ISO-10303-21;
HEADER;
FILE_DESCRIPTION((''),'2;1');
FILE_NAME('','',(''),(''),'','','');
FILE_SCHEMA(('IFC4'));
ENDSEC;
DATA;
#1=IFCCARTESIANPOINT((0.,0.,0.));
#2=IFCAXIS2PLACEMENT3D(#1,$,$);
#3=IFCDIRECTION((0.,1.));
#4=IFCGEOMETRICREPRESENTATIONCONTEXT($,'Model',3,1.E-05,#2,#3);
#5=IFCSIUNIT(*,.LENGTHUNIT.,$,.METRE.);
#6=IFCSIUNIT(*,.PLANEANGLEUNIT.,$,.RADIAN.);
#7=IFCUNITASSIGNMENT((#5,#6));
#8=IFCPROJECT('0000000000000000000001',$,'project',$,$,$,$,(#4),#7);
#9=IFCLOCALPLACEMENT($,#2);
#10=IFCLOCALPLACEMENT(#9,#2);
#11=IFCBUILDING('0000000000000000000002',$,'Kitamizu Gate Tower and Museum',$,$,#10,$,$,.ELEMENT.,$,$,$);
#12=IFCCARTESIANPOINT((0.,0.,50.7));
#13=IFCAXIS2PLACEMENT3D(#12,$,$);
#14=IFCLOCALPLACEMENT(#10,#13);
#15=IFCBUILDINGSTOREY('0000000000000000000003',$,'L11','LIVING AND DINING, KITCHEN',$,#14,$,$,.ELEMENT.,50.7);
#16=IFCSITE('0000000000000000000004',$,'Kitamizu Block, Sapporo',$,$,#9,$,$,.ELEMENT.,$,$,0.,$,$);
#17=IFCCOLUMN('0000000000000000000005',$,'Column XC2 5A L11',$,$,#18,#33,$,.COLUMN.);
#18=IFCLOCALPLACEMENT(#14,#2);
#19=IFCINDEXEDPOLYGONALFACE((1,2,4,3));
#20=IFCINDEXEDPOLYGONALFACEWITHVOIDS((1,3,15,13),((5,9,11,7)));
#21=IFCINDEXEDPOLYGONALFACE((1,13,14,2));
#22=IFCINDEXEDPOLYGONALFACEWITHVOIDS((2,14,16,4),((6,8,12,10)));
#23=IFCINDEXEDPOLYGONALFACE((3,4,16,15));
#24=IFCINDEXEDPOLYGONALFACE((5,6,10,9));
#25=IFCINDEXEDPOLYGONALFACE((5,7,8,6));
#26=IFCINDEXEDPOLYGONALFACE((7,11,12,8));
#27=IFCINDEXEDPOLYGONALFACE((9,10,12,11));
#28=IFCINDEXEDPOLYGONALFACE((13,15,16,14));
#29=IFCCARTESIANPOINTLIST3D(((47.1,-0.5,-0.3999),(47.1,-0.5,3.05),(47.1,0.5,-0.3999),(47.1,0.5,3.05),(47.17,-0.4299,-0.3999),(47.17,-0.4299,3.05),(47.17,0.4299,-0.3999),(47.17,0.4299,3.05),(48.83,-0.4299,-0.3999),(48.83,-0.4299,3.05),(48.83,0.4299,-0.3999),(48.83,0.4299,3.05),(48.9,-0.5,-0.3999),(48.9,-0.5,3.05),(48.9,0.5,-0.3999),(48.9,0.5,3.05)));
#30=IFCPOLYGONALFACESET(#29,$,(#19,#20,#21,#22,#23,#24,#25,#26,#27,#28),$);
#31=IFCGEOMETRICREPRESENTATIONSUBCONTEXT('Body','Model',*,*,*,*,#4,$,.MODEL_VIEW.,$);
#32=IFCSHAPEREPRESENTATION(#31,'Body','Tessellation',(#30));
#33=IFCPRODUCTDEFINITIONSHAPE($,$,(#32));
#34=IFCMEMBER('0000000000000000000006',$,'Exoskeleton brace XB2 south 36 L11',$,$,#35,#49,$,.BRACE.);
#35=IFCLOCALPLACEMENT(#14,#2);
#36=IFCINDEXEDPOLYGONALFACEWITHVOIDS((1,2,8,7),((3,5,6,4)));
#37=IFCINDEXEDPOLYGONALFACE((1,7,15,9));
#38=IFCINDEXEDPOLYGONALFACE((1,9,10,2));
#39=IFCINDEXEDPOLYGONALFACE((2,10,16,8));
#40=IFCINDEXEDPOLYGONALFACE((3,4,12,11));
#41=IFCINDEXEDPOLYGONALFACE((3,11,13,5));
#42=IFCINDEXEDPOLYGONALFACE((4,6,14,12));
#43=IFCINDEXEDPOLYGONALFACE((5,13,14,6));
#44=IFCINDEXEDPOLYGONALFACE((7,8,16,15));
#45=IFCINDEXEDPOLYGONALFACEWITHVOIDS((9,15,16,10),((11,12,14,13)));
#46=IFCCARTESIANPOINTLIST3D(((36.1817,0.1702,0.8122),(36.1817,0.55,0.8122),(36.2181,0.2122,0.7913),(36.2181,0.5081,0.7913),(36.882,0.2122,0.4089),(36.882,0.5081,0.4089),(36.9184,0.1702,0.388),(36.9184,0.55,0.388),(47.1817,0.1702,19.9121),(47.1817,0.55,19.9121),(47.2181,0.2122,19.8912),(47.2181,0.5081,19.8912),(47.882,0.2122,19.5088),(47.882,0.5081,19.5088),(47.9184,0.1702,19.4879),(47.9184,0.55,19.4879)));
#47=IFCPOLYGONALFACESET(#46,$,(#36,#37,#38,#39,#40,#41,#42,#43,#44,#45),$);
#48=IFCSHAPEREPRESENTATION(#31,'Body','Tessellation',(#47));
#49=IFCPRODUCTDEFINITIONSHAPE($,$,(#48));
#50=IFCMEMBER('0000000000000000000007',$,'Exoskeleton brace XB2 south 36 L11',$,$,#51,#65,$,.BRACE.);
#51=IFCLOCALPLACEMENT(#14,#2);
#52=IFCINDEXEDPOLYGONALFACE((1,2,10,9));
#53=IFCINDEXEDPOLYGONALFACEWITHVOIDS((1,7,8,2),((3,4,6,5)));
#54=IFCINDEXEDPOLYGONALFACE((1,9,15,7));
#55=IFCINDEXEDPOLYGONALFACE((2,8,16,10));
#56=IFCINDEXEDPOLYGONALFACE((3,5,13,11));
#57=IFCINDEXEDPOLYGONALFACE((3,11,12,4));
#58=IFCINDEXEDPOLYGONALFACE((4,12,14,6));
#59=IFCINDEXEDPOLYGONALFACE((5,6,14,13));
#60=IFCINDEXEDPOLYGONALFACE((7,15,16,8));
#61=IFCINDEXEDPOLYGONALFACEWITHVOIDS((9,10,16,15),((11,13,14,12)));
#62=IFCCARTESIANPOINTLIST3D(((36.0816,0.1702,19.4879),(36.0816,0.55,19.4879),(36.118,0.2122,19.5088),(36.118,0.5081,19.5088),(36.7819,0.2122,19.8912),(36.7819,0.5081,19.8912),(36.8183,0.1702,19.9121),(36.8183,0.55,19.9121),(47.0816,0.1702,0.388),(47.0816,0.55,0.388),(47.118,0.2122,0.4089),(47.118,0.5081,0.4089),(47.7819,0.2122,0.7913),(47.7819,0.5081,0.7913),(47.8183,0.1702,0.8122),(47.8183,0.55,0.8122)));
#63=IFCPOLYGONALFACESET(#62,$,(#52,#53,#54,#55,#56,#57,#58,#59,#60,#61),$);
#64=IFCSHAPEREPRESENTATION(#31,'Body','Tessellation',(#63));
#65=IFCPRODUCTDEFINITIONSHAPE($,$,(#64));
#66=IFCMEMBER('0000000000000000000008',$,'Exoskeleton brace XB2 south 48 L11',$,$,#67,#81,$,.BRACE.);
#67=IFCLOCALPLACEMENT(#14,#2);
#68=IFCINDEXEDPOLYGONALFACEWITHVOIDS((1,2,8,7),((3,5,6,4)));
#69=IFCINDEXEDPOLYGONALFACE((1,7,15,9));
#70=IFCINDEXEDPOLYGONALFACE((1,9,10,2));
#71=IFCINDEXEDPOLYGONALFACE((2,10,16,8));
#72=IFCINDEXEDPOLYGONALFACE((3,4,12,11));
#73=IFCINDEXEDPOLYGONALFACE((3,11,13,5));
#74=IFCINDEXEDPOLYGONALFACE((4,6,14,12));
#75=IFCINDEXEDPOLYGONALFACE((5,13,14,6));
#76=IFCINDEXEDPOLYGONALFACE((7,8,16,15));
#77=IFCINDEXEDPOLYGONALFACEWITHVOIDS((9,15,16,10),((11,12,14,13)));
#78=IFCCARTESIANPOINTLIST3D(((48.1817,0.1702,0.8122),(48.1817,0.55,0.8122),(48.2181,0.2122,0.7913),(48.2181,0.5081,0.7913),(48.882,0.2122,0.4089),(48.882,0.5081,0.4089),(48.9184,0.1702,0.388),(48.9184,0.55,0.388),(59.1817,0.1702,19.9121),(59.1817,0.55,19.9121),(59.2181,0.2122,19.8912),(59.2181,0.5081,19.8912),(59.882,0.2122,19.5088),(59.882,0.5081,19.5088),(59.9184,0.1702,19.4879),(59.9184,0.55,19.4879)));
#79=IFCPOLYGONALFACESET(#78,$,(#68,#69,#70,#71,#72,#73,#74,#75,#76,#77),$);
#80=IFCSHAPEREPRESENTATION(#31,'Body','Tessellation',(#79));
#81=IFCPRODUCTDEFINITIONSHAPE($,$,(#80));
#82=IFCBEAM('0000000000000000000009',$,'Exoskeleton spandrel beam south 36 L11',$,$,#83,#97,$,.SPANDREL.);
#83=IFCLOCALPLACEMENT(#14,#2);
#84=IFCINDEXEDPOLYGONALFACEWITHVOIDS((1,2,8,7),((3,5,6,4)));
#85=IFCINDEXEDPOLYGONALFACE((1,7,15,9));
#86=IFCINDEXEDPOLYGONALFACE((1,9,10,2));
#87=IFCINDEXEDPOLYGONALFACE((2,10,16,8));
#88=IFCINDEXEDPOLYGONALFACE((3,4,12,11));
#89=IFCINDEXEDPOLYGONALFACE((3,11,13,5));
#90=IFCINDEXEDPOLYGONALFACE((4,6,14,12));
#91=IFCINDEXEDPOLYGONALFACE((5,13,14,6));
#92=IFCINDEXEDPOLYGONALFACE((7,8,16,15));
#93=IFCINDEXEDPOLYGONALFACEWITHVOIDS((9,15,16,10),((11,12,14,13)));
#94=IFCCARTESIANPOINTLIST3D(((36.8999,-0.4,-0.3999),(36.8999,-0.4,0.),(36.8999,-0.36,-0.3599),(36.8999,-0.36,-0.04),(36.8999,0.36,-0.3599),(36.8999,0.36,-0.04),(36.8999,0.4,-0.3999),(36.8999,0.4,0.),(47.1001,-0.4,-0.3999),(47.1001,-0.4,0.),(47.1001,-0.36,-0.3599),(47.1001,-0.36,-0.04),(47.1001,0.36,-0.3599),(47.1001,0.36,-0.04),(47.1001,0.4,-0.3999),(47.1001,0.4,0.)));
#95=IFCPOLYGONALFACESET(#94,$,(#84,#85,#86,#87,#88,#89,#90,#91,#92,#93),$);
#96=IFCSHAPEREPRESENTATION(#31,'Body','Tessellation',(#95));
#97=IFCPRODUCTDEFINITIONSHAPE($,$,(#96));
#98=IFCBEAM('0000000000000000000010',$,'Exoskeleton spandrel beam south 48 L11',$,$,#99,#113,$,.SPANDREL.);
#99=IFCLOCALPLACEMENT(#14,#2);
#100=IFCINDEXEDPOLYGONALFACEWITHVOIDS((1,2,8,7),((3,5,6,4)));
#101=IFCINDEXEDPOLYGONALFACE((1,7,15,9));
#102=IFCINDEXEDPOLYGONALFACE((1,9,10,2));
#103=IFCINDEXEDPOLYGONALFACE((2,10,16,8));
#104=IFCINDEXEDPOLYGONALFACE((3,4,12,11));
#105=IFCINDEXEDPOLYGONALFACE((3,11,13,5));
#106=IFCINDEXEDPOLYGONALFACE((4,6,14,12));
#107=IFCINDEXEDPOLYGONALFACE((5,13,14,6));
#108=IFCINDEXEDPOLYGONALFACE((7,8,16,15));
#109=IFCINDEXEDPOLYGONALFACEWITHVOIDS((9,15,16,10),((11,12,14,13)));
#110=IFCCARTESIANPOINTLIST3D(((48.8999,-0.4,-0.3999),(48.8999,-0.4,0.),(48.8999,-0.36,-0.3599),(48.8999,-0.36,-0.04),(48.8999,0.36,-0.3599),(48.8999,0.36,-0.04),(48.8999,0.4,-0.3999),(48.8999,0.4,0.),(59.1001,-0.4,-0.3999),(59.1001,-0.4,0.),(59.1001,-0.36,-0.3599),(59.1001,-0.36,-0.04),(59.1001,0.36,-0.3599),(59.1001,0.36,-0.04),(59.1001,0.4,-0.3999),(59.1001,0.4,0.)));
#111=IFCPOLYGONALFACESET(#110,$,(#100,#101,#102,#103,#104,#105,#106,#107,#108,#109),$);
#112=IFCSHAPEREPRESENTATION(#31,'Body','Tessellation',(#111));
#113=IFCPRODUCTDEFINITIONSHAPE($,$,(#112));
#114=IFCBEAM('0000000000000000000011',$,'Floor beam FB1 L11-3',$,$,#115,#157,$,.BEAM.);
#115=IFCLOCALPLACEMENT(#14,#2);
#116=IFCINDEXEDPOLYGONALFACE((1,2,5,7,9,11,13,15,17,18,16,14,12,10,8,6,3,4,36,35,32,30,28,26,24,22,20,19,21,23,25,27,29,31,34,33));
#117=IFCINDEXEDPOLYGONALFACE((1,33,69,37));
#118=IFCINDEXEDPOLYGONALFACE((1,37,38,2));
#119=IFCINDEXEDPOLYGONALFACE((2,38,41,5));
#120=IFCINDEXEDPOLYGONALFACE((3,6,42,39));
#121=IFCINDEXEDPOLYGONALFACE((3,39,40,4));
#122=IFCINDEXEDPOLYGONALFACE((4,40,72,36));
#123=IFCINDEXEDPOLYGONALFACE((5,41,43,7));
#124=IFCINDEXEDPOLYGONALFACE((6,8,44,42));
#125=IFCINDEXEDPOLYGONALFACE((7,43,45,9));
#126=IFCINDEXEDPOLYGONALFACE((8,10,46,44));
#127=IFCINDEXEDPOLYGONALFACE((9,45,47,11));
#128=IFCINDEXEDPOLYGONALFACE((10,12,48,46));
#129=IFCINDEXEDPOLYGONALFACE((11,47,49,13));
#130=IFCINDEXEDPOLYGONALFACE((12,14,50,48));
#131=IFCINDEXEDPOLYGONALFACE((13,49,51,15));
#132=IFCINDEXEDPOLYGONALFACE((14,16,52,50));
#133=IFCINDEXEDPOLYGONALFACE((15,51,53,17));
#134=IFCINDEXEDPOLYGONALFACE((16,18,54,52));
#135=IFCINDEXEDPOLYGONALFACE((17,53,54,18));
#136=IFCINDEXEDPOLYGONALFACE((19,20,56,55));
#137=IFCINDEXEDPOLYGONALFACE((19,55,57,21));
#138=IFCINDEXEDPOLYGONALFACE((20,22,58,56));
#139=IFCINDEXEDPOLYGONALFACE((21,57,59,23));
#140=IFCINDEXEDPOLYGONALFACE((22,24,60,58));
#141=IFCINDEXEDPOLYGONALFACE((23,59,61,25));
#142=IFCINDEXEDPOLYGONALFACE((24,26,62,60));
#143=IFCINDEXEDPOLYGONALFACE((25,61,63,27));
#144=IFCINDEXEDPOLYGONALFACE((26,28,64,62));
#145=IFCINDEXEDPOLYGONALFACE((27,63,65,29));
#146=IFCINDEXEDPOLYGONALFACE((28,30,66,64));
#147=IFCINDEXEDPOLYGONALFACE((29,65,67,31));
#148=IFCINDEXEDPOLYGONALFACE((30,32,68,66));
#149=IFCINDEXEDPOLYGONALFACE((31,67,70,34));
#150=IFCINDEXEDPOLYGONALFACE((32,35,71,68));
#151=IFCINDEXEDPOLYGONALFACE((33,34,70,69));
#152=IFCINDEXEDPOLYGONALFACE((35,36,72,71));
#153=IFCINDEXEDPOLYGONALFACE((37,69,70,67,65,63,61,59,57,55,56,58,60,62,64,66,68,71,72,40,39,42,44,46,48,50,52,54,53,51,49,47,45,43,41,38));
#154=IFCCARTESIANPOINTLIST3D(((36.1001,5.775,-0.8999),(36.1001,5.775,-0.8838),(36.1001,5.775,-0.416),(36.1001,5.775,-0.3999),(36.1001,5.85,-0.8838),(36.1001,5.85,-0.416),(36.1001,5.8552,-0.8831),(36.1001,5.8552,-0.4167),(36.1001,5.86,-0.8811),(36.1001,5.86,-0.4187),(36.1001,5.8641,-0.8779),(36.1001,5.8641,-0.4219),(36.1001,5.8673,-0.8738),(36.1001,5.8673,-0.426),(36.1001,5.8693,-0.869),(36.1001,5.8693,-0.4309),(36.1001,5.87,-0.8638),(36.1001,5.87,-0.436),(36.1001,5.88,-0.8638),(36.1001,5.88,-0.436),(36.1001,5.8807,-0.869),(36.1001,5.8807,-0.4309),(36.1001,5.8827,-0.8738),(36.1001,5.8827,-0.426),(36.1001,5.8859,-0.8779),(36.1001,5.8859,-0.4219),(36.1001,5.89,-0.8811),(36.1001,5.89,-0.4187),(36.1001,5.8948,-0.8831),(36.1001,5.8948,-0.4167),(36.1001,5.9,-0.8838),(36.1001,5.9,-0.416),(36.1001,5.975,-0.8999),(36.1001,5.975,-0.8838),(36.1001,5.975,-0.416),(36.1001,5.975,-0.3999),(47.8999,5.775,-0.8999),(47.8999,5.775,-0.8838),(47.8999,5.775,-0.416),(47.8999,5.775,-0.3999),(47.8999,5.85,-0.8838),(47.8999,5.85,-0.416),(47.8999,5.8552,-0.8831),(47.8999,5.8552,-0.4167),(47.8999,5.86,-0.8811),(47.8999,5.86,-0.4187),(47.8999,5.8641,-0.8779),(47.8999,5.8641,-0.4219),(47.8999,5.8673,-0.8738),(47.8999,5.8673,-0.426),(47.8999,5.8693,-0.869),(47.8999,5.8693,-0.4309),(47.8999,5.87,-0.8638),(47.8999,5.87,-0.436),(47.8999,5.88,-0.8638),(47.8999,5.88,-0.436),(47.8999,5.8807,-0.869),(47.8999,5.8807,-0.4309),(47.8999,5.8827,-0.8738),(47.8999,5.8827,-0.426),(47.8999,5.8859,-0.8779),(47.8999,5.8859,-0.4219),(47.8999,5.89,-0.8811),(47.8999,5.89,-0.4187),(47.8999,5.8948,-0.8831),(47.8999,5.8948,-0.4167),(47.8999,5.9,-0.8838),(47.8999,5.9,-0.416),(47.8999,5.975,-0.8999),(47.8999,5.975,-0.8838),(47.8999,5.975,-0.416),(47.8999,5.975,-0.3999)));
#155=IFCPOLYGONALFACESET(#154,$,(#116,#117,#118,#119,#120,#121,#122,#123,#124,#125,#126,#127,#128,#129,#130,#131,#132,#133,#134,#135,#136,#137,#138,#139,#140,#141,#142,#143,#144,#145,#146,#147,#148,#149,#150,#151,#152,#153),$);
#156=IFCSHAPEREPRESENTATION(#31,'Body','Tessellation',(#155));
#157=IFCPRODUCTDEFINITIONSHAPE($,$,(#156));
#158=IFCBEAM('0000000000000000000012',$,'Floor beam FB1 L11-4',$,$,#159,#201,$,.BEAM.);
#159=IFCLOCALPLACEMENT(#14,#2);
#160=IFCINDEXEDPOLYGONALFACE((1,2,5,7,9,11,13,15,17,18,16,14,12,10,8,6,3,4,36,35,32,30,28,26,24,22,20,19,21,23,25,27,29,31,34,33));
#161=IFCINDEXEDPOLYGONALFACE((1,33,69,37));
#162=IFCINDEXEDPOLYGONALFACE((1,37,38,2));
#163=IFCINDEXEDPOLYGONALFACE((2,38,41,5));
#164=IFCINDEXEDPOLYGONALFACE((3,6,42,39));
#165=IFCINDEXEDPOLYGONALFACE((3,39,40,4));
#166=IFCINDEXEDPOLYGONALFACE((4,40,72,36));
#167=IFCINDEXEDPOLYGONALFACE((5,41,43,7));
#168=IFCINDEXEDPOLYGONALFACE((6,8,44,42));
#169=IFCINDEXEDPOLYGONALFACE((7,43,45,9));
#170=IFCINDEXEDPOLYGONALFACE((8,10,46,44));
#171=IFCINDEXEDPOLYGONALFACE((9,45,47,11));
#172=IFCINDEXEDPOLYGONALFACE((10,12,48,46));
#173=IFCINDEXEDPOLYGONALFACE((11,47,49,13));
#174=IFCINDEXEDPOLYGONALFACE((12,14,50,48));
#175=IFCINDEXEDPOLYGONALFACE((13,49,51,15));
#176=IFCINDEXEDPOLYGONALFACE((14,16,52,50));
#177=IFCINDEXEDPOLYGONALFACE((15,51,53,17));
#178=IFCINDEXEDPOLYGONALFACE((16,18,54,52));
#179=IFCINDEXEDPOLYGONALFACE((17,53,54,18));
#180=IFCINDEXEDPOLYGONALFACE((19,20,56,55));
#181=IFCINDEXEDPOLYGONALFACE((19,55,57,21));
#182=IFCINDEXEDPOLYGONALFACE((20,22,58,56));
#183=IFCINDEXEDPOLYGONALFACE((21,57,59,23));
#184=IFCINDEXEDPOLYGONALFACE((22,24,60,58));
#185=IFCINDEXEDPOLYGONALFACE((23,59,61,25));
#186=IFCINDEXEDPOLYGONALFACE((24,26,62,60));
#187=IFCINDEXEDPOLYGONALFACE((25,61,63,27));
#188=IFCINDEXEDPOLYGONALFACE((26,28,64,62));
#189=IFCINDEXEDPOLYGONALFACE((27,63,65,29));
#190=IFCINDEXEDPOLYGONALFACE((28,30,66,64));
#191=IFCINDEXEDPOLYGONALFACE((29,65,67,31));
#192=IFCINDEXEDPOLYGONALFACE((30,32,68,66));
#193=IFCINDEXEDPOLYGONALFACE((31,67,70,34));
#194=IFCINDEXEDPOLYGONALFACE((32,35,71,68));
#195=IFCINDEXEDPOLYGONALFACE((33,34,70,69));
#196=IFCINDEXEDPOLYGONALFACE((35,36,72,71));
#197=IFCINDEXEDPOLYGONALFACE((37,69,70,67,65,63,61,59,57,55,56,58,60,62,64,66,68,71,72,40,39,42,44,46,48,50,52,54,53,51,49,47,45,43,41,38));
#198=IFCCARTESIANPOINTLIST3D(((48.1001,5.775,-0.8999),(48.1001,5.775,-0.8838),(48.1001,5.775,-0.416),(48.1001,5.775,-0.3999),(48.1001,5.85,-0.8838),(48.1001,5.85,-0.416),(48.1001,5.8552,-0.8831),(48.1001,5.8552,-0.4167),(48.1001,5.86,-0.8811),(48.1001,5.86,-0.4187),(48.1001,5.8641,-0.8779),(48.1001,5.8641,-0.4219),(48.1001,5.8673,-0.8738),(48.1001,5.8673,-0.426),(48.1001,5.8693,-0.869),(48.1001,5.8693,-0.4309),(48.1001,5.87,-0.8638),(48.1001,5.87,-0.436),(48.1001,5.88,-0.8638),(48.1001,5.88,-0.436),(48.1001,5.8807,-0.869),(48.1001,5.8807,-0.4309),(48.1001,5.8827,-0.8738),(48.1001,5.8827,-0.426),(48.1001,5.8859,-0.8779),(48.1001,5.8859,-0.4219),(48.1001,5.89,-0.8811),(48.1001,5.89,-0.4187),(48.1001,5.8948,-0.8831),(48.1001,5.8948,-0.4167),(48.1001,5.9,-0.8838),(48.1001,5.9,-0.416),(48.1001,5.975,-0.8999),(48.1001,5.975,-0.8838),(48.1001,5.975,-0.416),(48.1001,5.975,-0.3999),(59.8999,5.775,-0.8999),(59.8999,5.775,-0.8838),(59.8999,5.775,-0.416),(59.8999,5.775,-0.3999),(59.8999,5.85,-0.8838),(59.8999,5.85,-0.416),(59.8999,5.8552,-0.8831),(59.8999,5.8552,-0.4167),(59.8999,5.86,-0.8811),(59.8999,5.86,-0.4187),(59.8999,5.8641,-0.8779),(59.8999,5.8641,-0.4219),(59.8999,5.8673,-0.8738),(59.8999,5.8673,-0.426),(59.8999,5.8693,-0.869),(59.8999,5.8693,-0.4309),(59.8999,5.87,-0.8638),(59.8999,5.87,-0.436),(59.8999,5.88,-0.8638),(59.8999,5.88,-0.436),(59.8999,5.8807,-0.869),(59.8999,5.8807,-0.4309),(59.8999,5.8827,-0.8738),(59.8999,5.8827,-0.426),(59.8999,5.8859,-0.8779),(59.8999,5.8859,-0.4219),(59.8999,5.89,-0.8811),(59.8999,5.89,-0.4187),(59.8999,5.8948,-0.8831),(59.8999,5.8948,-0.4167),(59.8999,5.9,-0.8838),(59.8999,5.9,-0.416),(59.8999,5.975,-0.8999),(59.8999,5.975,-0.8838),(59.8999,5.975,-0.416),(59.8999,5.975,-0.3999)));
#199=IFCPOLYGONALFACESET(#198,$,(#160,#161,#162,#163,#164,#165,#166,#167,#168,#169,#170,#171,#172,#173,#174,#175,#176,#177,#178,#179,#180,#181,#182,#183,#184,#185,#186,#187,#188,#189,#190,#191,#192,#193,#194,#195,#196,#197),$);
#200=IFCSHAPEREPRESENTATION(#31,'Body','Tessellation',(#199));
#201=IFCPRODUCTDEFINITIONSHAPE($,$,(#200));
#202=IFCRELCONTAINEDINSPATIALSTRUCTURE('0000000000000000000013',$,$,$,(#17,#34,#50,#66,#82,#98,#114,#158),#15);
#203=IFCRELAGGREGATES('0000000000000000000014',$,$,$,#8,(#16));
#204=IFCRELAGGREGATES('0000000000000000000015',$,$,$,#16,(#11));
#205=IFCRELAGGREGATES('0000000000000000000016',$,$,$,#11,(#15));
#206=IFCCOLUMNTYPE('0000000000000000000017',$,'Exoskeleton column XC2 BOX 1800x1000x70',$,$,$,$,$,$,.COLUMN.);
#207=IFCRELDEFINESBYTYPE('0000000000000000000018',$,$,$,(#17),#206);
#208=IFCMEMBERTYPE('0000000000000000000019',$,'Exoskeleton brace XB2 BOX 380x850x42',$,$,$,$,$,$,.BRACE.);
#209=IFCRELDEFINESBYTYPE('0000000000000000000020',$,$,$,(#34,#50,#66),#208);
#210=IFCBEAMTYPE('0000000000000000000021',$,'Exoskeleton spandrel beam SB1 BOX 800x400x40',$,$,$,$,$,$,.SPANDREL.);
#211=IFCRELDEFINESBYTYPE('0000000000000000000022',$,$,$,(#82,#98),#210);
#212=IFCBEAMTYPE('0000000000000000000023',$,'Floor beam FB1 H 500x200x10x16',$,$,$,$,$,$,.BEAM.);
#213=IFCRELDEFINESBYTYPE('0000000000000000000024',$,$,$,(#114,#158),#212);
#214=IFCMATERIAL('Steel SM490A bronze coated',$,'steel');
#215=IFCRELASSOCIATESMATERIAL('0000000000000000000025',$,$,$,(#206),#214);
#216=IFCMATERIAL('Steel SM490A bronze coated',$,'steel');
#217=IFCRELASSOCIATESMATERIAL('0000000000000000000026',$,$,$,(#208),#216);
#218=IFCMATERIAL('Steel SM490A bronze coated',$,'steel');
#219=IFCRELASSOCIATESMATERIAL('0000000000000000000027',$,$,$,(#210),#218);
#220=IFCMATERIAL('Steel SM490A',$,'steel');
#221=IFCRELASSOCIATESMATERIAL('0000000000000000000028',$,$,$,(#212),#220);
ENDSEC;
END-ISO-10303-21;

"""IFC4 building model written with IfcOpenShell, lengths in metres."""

from ifc_helpers import new_model, si_unit, direction, frame, origin, origin_2d, place, context, subcontext, project, spatial, hollow_rectangle, i_section, extrude, material, material_profile, profile_set, type_object, element, save


model = new_model("IFC4")

# Units and contexts
model_context = context("Model", 3, precision=1e-05, world=origin(), true_north=direction((0.0, 1.0)))
body_context = subcontext(model_context, "Body", "Model", "MODEL_VIEW")
ifc_project = project(units=[si_unit("LENGTHUNIT", "METRE"), si_unit("PLANEANGLEUNIT", "RADIAN")], contexts=[model_context])

# Site, building, storey
site_placement = place(None, origin())
site = spatial("IfcSite", under=ifc_project, at=site_placement, Name="Kitamizu Block, Sapporo", CompositionType="ELEMENT", RefElevation=0.0)
building_placement = place(site_placement, origin())
building = spatial("IfcBuilding", under=site, at=building_placement, Name="Kitamizu Gate Tower and Museum", CompositionType="ELEMENT")
storey_placement = place(building_placement, frame((0.0, 0.0, 50.7)))
storey = spatial("IfcBuildingStorey", under=building, at=storey_placement, Name="L11", Description="LIVING AND DINING, KITCHEN", CompositionType="ELEMENT", Elevation=50.7)

# Column
ifc_material_1 = material(Name="Steel SM490A bronze coated", Category="steel")
ifc_material_profile_1 = material_profile(ifc_material_1, hollow_rectangle(XDim=1.8, YDim=1.0, WallThickness=0.0701, at=origin_2d()), Name="BOX 1800x1000x70")
ifc_profile_set_1 = profile_set([ifc_material_profile_1], Name="Steel SM490A bronze coated")
column_type = type_object("IfcColumnType", Name="Exoskeleton column XC2 BOX 1800x1000x70", PredefinedType="COLUMN", material=ifc_profile_set_1)
column_placement = place(storey_placement, frame((48.0, 0.0, -0.3999), z_axis=(0.0, 0.0, 1.0), x_axis=(1.0, 0.0, 0.0)))
element("IfcColumn", 1, at=column_placement, inside=storey, type_object=column_type, Name="Column XC2 5A L11", PredefinedType="COLUMN", context=body_context, shape_type="SweptSolid", body=[
    extrude(hollow_rectangle(XDim=1.8, YDim=1.0, WallThickness=0.0701, at=origin_2d()), origin(), (0.0, 0.0, 1.0), 3.45),
])

# Members
ifc_material_2 = material(Name="Steel SM490A bronze coated", Category="steel")
ifc_material_profile_2 = material_profile(ifc_material_2, hollow_rectangle(XDim=0.3799, YDim=0.8501, WallThickness=0.042, at=origin_2d()), Name="BOX 380x850x42")
ifc_profile_set_2 = profile_set([ifc_material_profile_2], Name="Steel SM490A bronze coated")
member_type = type_object("IfcMemberType", Name="Exoskeleton brace XB2 BOX 380x850x42", PredefinedType="BRACE", material=ifc_profile_set_2)
for number, where, z_axis, x_axis, name in (
    (2, (36.55, 0.3601, 0.6001), (0.499071, 0.0, 0.866561), (0.0, 1.0, 0.0), "Exoskeleton brace XB2 south 36 L11"),
    (3, (47.45, 0.3601, 0.6001), (-0.499071, 0.0, 0.866561), (0.0, -1.0, 0.0), "Exoskeleton brace XB2 south 36 L11"),
    (4, (48.55, 0.3601, 0.6001), (0.499071, 0.0, 0.866561), (0.0, 1.0, 0.0), "Exoskeleton brace XB2 south 48 L11"),
):
    element("IfcMember", number, at=place(storey_placement, frame(where, z_axis=z_axis, x_axis=x_axis)), inside=storey, type_object=member_type, Name=name, PredefinedType="BRACE", context=body_context, shape_type="SweptSolid", body=[
        extrude(hollow_rectangle(XDim=0.3799, YDim=0.8501, WallThickness=0.042, at=origin_2d()), origin(), (0.0, 0.0, 1.0), 22.041),
    ])

# Beams
ifc_material_3 = material(Name="Steel SM490A bronze coated", Category="steel")
ifc_material_profile_3 = material_profile(ifc_material_3, hollow_rectangle(XDim=0.8, YDim=0.3999, WallThickness=0.04, at=origin_2d()), Name="BOX 800x400x40")
ifc_profile_set_3 = profile_set([ifc_material_profile_3], Name="Steel SM490A bronze coated")
beam_type_1 = type_object("IfcBeamType", Name="Exoskeleton spandrel beam SB1 BOX 800x400x40", PredefinedType="SPANDREL", material=ifc_profile_set_3)
for number, where, z_axis, x_axis, name in (
    (5, (36.8999, 0.0, -0.2), (1.0, 0.0, 0.0), (0.0, 1.0, 0.0), "Exoskeleton spandrel beam south 36 L11"),
    (6, (48.8999, 0.0, -0.2), (1.0, 0.0, 0.0), (0.0, 1.0, 0.0), "Exoskeleton spandrel beam south 48 L11"),
):
    element("IfcBeam", number, at=place(storey_placement, frame(where, z_axis=z_axis, x_axis=x_axis)), inside=storey, type_object=beam_type_1, Name=name, PredefinedType="SPANDREL", context=body_context, shape_type="SweptSolid", body=[
        extrude(hollow_rectangle(XDim=0.8, YDim=0.3999, WallThickness=0.04, at=origin_2d()), origin(), (0.0, 0.0, 1.0), 10.2002),
    ])
ifc_material_4 = material(Name="Steel SM490A", Category="steel")
ifc_material_profile_4 = material_profile(ifc_material_4, i_section(OverallWidth=0.2, OverallDepth=0.5, WebThickness=0.01, FlangeThickness=0.0161, FilletRadius=0.02, at=origin_2d()), Name="H-500x200x10x16")
ifc_profile_set_4 = profile_set([ifc_material_profile_4], Name="Steel SM490A")
beam_type_2 = type_object("IfcBeamType", Name="Floor beam FB1 H 500x200x10x16", PredefinedType="BEAM", material=ifc_profile_set_4)
for number, where, z_axis, x_axis, name in (
    (7, (36.1001, 5.875, -0.6499), (1.0, 0.0, 0.0), (0.0, 1.0, 0.0), "Floor beam FB1 L11-3"),
    (8, (48.1001, 5.875, -0.6499), (1.0, 0.0, 0.0), (0.0, 1.0, 0.0), "Floor beam FB1 L11-4"),
):
    element("IfcBeam", number, at=place(storey_placement, frame(where, z_axis=z_axis, x_axis=x_axis)), inside=storey, type_object=beam_type_2, Name=name, PredefinedType="BEAM", context=body_context, shape_type="SweptSolid", body=[
        extrude(i_section(OverallWidth=0.2, OverallDepth=0.5, WebThickness=0.01, FlangeThickness=0.0161, FilletRadius=0.02, at=origin_2d()), origin(), (0.0, 0.0, 1.0), 11.7998),
    ])

save(model, "model.ifc")
